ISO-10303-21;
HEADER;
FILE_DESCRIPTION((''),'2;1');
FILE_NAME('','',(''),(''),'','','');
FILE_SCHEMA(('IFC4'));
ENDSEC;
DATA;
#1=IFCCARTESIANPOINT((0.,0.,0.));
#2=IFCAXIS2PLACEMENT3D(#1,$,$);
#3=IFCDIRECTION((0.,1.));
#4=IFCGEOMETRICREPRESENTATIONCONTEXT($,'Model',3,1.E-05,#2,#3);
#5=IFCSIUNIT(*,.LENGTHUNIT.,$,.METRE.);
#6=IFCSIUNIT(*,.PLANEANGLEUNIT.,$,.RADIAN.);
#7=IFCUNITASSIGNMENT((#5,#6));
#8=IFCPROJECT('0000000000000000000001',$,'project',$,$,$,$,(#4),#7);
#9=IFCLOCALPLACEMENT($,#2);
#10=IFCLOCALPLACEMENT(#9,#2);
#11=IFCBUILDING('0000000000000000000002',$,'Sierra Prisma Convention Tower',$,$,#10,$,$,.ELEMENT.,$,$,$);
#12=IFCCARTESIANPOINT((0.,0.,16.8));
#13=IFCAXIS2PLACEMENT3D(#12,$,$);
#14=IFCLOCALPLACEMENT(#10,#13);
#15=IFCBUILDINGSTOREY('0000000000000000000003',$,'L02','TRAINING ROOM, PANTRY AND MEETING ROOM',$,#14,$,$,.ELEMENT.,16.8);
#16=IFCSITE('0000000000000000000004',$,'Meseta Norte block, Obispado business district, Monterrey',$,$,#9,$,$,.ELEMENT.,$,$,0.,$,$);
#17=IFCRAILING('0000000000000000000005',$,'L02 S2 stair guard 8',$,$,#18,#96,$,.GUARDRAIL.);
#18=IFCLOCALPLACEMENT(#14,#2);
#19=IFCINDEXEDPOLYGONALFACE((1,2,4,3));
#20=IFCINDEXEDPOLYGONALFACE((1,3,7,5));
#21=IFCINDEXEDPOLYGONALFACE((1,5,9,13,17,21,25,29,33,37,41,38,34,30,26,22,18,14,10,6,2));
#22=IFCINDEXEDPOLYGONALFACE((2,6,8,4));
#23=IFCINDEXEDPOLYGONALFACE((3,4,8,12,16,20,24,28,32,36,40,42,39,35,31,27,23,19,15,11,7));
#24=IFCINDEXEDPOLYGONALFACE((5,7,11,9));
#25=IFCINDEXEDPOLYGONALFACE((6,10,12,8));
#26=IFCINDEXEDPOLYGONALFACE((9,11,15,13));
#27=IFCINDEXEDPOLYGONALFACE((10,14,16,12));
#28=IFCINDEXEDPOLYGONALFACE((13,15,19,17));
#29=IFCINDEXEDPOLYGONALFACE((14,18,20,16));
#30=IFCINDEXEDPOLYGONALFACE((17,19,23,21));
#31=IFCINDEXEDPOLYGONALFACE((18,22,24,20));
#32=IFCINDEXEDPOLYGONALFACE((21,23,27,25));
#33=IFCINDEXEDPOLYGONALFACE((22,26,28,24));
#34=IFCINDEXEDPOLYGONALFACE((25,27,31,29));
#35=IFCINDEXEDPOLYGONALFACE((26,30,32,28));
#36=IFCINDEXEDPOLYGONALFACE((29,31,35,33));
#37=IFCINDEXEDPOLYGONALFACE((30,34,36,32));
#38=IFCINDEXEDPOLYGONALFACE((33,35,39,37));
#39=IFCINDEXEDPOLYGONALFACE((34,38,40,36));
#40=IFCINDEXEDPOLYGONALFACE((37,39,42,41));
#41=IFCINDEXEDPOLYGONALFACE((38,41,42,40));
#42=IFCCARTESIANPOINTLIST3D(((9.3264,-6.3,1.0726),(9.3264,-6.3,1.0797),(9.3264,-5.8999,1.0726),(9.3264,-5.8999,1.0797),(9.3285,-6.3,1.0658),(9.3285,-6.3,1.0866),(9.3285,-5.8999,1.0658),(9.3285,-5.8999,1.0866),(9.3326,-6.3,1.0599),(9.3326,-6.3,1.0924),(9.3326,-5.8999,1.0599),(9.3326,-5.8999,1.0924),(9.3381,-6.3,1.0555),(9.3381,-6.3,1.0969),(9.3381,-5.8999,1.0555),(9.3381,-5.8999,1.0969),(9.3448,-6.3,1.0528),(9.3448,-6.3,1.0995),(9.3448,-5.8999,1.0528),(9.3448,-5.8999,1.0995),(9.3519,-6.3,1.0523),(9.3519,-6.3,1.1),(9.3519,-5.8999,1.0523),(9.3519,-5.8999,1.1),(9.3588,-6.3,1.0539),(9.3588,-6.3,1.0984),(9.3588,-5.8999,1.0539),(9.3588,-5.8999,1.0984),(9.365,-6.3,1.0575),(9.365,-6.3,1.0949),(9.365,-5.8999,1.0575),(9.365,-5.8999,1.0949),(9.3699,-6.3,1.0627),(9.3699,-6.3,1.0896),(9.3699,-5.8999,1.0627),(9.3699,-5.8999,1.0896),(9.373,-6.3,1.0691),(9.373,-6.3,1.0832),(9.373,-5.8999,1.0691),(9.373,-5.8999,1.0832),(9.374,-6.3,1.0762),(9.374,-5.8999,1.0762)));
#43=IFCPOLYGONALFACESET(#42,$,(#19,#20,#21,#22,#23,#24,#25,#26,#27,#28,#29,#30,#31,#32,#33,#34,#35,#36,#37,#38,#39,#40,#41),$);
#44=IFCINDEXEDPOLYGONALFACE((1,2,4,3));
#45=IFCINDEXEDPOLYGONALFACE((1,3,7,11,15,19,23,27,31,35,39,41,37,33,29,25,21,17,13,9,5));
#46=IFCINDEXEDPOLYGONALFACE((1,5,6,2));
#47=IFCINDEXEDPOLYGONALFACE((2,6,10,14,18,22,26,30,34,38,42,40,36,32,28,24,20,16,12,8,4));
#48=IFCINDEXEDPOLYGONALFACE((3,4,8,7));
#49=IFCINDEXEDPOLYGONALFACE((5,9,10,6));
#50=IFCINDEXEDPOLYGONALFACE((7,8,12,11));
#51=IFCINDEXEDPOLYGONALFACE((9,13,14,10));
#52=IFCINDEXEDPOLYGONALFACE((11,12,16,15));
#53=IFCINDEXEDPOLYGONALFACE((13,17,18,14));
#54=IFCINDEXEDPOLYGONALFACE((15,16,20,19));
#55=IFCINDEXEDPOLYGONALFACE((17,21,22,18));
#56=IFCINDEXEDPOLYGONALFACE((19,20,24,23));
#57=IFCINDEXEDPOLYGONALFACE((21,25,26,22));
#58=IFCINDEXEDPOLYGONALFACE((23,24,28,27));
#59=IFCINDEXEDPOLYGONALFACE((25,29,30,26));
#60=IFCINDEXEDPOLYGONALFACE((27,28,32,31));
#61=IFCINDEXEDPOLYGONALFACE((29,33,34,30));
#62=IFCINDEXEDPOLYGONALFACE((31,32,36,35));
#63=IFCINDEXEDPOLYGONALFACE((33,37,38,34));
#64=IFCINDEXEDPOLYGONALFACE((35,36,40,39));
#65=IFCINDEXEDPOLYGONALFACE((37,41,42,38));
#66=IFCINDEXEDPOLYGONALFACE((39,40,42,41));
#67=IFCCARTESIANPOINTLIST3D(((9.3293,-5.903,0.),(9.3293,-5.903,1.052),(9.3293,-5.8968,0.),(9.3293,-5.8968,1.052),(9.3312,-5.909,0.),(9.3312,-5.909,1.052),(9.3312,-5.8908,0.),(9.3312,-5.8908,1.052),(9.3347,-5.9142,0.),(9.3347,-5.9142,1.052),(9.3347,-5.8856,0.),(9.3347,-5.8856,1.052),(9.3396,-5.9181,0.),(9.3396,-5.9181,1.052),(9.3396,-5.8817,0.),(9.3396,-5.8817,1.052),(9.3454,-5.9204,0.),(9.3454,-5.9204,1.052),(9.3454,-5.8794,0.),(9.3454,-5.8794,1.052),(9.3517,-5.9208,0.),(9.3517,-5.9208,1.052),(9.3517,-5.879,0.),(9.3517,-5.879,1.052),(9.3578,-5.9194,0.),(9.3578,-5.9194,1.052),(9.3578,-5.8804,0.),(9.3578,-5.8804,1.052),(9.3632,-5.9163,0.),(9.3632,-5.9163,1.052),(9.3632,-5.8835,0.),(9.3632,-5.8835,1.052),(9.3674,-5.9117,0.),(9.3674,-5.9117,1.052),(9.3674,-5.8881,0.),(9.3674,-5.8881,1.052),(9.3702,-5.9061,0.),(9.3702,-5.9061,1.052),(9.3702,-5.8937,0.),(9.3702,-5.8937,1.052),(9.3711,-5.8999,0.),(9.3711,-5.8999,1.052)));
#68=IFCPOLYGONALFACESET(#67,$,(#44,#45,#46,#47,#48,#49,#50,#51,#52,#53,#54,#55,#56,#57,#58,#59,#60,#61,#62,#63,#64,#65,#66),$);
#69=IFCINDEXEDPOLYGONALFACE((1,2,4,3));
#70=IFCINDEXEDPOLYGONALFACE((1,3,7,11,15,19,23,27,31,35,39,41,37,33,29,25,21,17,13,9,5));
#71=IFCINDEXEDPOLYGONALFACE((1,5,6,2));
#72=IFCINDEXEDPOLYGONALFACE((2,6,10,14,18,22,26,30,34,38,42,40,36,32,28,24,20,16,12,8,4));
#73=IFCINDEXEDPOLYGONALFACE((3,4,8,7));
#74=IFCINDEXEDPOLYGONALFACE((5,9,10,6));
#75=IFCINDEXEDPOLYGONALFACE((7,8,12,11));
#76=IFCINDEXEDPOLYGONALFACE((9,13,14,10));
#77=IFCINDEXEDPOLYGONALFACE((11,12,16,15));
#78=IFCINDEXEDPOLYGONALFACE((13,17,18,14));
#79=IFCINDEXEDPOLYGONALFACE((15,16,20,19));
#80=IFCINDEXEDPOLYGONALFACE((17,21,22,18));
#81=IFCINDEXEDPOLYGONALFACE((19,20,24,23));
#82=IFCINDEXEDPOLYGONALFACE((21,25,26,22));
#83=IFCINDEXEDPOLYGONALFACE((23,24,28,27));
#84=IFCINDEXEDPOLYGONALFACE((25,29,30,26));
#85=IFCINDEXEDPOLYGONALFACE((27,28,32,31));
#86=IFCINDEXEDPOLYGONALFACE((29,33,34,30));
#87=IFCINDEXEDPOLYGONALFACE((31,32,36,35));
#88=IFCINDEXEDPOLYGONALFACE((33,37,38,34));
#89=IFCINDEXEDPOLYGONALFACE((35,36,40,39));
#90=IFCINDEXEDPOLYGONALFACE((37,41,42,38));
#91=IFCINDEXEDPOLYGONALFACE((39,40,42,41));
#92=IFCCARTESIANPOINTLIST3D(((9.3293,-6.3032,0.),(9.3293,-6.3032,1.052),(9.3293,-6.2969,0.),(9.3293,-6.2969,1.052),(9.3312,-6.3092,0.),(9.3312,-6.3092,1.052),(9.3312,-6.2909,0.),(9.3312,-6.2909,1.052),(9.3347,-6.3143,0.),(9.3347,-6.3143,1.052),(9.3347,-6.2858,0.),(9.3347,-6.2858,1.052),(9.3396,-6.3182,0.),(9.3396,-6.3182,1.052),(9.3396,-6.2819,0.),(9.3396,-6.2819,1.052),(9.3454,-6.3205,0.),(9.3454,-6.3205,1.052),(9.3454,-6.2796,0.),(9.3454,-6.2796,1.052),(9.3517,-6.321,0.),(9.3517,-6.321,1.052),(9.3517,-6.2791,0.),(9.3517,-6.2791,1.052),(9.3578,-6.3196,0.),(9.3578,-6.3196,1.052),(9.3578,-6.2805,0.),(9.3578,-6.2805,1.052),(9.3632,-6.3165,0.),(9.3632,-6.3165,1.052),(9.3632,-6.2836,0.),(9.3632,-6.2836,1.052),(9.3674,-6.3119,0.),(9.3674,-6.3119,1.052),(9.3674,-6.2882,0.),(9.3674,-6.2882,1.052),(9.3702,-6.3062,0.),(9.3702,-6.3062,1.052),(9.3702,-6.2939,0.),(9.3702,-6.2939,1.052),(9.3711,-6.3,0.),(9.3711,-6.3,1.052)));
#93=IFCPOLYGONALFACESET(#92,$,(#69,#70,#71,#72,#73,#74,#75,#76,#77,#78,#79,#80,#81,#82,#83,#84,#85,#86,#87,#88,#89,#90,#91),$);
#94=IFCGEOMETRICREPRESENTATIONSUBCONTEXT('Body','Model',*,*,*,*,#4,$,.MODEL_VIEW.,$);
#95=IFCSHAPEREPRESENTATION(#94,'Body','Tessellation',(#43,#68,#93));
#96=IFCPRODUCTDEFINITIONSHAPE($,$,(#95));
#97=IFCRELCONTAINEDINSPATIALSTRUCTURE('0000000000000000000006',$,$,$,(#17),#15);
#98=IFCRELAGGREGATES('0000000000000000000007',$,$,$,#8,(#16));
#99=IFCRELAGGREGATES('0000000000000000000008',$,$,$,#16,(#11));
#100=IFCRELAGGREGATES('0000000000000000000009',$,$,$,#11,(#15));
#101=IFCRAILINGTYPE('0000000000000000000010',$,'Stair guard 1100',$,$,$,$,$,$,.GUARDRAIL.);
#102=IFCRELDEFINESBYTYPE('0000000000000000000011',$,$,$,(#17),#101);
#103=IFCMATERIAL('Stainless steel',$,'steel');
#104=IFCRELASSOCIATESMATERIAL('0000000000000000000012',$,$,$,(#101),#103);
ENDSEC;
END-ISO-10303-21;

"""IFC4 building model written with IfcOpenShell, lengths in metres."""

from ifc_helpers import new_model, si_unit, direction, frame, origin, origin_2d, place, context, subcontext, project, spatial, circle, extrude, material, type_object, element, save


model = new_model("IFC4")

# Units and contexts
model_context = context("Model", 3, precision=1e-05, world=origin(), true_north=direction((0.0, 1.0)))
body_context = subcontext(model_context, "Body", "Model", "MODEL_VIEW")
ifc_project = project(units=[si_unit("LENGTHUNIT", "METRE"), si_unit("PLANEANGLEUNIT", "RADIAN")], contexts=[model_context])

# Site, building, storey
site_placement = place(None, origin())
site = spatial("IfcSite", under=ifc_project, at=site_placement, Name="Meseta Norte block, Obispado business district, Monterrey", CompositionType="ELEMENT", RefElevation=0.0)
building_placement = place(site_placement, origin())
building = spatial("IfcBuilding", under=site, at=building_placement, Name="Sierra Prisma Convention Tower", CompositionType="ELEMENT")
storey_placement = place(building_placement, frame((0.0, 0.0, 16.8)))
storey = spatial("IfcBuildingStorey", under=building, at=storey_placement, Name="L02", Description="TRAINING ROOM, PANTRY AND MEETING ROOM", CompositionType="ELEMENT", Elevation=16.8)

# Railing
ifc_material_1 = material(Name="Stainless steel", Category="steel")
railing_type_1 = type_object("IfcRailingType", Name="Stair guard 1100", PredefinedType="GUARDRAIL", material=ifc_material_1)
railing_1_placement = place(storey_placement, frame((9.3501, -5.8999, 0.0)))
element("IfcRailing", 1, at=railing_1_placement, inside=storey, type_object=railing_type_1, Name="L02 S2 stair guard 8", PredefinedType="GUARDRAIL", context=body_context, shape_type="SweptSolid", body=[
    extrude(circle(Radius=0.0239, at=origin_2d()), frame((0.0, 0.0, 1.0762), z_axis=(0.0, -1.0, 0.0), x_axis=(1.0, 0.0, 0.0)), (0.0, 0.0, 1.0), 0.4001),
    extrude(circle(Radius=0.021, at=origin_2d()), origin(), (0.0, 0.0, 1.0), 1.052),
    extrude(circle(Radius=0.021, at=origin_2d()), frame((0.0, -0.4001, 0.0)), (0.0, 0.0, 1.0), 1.052),
])

save(model, "model.ifc")
